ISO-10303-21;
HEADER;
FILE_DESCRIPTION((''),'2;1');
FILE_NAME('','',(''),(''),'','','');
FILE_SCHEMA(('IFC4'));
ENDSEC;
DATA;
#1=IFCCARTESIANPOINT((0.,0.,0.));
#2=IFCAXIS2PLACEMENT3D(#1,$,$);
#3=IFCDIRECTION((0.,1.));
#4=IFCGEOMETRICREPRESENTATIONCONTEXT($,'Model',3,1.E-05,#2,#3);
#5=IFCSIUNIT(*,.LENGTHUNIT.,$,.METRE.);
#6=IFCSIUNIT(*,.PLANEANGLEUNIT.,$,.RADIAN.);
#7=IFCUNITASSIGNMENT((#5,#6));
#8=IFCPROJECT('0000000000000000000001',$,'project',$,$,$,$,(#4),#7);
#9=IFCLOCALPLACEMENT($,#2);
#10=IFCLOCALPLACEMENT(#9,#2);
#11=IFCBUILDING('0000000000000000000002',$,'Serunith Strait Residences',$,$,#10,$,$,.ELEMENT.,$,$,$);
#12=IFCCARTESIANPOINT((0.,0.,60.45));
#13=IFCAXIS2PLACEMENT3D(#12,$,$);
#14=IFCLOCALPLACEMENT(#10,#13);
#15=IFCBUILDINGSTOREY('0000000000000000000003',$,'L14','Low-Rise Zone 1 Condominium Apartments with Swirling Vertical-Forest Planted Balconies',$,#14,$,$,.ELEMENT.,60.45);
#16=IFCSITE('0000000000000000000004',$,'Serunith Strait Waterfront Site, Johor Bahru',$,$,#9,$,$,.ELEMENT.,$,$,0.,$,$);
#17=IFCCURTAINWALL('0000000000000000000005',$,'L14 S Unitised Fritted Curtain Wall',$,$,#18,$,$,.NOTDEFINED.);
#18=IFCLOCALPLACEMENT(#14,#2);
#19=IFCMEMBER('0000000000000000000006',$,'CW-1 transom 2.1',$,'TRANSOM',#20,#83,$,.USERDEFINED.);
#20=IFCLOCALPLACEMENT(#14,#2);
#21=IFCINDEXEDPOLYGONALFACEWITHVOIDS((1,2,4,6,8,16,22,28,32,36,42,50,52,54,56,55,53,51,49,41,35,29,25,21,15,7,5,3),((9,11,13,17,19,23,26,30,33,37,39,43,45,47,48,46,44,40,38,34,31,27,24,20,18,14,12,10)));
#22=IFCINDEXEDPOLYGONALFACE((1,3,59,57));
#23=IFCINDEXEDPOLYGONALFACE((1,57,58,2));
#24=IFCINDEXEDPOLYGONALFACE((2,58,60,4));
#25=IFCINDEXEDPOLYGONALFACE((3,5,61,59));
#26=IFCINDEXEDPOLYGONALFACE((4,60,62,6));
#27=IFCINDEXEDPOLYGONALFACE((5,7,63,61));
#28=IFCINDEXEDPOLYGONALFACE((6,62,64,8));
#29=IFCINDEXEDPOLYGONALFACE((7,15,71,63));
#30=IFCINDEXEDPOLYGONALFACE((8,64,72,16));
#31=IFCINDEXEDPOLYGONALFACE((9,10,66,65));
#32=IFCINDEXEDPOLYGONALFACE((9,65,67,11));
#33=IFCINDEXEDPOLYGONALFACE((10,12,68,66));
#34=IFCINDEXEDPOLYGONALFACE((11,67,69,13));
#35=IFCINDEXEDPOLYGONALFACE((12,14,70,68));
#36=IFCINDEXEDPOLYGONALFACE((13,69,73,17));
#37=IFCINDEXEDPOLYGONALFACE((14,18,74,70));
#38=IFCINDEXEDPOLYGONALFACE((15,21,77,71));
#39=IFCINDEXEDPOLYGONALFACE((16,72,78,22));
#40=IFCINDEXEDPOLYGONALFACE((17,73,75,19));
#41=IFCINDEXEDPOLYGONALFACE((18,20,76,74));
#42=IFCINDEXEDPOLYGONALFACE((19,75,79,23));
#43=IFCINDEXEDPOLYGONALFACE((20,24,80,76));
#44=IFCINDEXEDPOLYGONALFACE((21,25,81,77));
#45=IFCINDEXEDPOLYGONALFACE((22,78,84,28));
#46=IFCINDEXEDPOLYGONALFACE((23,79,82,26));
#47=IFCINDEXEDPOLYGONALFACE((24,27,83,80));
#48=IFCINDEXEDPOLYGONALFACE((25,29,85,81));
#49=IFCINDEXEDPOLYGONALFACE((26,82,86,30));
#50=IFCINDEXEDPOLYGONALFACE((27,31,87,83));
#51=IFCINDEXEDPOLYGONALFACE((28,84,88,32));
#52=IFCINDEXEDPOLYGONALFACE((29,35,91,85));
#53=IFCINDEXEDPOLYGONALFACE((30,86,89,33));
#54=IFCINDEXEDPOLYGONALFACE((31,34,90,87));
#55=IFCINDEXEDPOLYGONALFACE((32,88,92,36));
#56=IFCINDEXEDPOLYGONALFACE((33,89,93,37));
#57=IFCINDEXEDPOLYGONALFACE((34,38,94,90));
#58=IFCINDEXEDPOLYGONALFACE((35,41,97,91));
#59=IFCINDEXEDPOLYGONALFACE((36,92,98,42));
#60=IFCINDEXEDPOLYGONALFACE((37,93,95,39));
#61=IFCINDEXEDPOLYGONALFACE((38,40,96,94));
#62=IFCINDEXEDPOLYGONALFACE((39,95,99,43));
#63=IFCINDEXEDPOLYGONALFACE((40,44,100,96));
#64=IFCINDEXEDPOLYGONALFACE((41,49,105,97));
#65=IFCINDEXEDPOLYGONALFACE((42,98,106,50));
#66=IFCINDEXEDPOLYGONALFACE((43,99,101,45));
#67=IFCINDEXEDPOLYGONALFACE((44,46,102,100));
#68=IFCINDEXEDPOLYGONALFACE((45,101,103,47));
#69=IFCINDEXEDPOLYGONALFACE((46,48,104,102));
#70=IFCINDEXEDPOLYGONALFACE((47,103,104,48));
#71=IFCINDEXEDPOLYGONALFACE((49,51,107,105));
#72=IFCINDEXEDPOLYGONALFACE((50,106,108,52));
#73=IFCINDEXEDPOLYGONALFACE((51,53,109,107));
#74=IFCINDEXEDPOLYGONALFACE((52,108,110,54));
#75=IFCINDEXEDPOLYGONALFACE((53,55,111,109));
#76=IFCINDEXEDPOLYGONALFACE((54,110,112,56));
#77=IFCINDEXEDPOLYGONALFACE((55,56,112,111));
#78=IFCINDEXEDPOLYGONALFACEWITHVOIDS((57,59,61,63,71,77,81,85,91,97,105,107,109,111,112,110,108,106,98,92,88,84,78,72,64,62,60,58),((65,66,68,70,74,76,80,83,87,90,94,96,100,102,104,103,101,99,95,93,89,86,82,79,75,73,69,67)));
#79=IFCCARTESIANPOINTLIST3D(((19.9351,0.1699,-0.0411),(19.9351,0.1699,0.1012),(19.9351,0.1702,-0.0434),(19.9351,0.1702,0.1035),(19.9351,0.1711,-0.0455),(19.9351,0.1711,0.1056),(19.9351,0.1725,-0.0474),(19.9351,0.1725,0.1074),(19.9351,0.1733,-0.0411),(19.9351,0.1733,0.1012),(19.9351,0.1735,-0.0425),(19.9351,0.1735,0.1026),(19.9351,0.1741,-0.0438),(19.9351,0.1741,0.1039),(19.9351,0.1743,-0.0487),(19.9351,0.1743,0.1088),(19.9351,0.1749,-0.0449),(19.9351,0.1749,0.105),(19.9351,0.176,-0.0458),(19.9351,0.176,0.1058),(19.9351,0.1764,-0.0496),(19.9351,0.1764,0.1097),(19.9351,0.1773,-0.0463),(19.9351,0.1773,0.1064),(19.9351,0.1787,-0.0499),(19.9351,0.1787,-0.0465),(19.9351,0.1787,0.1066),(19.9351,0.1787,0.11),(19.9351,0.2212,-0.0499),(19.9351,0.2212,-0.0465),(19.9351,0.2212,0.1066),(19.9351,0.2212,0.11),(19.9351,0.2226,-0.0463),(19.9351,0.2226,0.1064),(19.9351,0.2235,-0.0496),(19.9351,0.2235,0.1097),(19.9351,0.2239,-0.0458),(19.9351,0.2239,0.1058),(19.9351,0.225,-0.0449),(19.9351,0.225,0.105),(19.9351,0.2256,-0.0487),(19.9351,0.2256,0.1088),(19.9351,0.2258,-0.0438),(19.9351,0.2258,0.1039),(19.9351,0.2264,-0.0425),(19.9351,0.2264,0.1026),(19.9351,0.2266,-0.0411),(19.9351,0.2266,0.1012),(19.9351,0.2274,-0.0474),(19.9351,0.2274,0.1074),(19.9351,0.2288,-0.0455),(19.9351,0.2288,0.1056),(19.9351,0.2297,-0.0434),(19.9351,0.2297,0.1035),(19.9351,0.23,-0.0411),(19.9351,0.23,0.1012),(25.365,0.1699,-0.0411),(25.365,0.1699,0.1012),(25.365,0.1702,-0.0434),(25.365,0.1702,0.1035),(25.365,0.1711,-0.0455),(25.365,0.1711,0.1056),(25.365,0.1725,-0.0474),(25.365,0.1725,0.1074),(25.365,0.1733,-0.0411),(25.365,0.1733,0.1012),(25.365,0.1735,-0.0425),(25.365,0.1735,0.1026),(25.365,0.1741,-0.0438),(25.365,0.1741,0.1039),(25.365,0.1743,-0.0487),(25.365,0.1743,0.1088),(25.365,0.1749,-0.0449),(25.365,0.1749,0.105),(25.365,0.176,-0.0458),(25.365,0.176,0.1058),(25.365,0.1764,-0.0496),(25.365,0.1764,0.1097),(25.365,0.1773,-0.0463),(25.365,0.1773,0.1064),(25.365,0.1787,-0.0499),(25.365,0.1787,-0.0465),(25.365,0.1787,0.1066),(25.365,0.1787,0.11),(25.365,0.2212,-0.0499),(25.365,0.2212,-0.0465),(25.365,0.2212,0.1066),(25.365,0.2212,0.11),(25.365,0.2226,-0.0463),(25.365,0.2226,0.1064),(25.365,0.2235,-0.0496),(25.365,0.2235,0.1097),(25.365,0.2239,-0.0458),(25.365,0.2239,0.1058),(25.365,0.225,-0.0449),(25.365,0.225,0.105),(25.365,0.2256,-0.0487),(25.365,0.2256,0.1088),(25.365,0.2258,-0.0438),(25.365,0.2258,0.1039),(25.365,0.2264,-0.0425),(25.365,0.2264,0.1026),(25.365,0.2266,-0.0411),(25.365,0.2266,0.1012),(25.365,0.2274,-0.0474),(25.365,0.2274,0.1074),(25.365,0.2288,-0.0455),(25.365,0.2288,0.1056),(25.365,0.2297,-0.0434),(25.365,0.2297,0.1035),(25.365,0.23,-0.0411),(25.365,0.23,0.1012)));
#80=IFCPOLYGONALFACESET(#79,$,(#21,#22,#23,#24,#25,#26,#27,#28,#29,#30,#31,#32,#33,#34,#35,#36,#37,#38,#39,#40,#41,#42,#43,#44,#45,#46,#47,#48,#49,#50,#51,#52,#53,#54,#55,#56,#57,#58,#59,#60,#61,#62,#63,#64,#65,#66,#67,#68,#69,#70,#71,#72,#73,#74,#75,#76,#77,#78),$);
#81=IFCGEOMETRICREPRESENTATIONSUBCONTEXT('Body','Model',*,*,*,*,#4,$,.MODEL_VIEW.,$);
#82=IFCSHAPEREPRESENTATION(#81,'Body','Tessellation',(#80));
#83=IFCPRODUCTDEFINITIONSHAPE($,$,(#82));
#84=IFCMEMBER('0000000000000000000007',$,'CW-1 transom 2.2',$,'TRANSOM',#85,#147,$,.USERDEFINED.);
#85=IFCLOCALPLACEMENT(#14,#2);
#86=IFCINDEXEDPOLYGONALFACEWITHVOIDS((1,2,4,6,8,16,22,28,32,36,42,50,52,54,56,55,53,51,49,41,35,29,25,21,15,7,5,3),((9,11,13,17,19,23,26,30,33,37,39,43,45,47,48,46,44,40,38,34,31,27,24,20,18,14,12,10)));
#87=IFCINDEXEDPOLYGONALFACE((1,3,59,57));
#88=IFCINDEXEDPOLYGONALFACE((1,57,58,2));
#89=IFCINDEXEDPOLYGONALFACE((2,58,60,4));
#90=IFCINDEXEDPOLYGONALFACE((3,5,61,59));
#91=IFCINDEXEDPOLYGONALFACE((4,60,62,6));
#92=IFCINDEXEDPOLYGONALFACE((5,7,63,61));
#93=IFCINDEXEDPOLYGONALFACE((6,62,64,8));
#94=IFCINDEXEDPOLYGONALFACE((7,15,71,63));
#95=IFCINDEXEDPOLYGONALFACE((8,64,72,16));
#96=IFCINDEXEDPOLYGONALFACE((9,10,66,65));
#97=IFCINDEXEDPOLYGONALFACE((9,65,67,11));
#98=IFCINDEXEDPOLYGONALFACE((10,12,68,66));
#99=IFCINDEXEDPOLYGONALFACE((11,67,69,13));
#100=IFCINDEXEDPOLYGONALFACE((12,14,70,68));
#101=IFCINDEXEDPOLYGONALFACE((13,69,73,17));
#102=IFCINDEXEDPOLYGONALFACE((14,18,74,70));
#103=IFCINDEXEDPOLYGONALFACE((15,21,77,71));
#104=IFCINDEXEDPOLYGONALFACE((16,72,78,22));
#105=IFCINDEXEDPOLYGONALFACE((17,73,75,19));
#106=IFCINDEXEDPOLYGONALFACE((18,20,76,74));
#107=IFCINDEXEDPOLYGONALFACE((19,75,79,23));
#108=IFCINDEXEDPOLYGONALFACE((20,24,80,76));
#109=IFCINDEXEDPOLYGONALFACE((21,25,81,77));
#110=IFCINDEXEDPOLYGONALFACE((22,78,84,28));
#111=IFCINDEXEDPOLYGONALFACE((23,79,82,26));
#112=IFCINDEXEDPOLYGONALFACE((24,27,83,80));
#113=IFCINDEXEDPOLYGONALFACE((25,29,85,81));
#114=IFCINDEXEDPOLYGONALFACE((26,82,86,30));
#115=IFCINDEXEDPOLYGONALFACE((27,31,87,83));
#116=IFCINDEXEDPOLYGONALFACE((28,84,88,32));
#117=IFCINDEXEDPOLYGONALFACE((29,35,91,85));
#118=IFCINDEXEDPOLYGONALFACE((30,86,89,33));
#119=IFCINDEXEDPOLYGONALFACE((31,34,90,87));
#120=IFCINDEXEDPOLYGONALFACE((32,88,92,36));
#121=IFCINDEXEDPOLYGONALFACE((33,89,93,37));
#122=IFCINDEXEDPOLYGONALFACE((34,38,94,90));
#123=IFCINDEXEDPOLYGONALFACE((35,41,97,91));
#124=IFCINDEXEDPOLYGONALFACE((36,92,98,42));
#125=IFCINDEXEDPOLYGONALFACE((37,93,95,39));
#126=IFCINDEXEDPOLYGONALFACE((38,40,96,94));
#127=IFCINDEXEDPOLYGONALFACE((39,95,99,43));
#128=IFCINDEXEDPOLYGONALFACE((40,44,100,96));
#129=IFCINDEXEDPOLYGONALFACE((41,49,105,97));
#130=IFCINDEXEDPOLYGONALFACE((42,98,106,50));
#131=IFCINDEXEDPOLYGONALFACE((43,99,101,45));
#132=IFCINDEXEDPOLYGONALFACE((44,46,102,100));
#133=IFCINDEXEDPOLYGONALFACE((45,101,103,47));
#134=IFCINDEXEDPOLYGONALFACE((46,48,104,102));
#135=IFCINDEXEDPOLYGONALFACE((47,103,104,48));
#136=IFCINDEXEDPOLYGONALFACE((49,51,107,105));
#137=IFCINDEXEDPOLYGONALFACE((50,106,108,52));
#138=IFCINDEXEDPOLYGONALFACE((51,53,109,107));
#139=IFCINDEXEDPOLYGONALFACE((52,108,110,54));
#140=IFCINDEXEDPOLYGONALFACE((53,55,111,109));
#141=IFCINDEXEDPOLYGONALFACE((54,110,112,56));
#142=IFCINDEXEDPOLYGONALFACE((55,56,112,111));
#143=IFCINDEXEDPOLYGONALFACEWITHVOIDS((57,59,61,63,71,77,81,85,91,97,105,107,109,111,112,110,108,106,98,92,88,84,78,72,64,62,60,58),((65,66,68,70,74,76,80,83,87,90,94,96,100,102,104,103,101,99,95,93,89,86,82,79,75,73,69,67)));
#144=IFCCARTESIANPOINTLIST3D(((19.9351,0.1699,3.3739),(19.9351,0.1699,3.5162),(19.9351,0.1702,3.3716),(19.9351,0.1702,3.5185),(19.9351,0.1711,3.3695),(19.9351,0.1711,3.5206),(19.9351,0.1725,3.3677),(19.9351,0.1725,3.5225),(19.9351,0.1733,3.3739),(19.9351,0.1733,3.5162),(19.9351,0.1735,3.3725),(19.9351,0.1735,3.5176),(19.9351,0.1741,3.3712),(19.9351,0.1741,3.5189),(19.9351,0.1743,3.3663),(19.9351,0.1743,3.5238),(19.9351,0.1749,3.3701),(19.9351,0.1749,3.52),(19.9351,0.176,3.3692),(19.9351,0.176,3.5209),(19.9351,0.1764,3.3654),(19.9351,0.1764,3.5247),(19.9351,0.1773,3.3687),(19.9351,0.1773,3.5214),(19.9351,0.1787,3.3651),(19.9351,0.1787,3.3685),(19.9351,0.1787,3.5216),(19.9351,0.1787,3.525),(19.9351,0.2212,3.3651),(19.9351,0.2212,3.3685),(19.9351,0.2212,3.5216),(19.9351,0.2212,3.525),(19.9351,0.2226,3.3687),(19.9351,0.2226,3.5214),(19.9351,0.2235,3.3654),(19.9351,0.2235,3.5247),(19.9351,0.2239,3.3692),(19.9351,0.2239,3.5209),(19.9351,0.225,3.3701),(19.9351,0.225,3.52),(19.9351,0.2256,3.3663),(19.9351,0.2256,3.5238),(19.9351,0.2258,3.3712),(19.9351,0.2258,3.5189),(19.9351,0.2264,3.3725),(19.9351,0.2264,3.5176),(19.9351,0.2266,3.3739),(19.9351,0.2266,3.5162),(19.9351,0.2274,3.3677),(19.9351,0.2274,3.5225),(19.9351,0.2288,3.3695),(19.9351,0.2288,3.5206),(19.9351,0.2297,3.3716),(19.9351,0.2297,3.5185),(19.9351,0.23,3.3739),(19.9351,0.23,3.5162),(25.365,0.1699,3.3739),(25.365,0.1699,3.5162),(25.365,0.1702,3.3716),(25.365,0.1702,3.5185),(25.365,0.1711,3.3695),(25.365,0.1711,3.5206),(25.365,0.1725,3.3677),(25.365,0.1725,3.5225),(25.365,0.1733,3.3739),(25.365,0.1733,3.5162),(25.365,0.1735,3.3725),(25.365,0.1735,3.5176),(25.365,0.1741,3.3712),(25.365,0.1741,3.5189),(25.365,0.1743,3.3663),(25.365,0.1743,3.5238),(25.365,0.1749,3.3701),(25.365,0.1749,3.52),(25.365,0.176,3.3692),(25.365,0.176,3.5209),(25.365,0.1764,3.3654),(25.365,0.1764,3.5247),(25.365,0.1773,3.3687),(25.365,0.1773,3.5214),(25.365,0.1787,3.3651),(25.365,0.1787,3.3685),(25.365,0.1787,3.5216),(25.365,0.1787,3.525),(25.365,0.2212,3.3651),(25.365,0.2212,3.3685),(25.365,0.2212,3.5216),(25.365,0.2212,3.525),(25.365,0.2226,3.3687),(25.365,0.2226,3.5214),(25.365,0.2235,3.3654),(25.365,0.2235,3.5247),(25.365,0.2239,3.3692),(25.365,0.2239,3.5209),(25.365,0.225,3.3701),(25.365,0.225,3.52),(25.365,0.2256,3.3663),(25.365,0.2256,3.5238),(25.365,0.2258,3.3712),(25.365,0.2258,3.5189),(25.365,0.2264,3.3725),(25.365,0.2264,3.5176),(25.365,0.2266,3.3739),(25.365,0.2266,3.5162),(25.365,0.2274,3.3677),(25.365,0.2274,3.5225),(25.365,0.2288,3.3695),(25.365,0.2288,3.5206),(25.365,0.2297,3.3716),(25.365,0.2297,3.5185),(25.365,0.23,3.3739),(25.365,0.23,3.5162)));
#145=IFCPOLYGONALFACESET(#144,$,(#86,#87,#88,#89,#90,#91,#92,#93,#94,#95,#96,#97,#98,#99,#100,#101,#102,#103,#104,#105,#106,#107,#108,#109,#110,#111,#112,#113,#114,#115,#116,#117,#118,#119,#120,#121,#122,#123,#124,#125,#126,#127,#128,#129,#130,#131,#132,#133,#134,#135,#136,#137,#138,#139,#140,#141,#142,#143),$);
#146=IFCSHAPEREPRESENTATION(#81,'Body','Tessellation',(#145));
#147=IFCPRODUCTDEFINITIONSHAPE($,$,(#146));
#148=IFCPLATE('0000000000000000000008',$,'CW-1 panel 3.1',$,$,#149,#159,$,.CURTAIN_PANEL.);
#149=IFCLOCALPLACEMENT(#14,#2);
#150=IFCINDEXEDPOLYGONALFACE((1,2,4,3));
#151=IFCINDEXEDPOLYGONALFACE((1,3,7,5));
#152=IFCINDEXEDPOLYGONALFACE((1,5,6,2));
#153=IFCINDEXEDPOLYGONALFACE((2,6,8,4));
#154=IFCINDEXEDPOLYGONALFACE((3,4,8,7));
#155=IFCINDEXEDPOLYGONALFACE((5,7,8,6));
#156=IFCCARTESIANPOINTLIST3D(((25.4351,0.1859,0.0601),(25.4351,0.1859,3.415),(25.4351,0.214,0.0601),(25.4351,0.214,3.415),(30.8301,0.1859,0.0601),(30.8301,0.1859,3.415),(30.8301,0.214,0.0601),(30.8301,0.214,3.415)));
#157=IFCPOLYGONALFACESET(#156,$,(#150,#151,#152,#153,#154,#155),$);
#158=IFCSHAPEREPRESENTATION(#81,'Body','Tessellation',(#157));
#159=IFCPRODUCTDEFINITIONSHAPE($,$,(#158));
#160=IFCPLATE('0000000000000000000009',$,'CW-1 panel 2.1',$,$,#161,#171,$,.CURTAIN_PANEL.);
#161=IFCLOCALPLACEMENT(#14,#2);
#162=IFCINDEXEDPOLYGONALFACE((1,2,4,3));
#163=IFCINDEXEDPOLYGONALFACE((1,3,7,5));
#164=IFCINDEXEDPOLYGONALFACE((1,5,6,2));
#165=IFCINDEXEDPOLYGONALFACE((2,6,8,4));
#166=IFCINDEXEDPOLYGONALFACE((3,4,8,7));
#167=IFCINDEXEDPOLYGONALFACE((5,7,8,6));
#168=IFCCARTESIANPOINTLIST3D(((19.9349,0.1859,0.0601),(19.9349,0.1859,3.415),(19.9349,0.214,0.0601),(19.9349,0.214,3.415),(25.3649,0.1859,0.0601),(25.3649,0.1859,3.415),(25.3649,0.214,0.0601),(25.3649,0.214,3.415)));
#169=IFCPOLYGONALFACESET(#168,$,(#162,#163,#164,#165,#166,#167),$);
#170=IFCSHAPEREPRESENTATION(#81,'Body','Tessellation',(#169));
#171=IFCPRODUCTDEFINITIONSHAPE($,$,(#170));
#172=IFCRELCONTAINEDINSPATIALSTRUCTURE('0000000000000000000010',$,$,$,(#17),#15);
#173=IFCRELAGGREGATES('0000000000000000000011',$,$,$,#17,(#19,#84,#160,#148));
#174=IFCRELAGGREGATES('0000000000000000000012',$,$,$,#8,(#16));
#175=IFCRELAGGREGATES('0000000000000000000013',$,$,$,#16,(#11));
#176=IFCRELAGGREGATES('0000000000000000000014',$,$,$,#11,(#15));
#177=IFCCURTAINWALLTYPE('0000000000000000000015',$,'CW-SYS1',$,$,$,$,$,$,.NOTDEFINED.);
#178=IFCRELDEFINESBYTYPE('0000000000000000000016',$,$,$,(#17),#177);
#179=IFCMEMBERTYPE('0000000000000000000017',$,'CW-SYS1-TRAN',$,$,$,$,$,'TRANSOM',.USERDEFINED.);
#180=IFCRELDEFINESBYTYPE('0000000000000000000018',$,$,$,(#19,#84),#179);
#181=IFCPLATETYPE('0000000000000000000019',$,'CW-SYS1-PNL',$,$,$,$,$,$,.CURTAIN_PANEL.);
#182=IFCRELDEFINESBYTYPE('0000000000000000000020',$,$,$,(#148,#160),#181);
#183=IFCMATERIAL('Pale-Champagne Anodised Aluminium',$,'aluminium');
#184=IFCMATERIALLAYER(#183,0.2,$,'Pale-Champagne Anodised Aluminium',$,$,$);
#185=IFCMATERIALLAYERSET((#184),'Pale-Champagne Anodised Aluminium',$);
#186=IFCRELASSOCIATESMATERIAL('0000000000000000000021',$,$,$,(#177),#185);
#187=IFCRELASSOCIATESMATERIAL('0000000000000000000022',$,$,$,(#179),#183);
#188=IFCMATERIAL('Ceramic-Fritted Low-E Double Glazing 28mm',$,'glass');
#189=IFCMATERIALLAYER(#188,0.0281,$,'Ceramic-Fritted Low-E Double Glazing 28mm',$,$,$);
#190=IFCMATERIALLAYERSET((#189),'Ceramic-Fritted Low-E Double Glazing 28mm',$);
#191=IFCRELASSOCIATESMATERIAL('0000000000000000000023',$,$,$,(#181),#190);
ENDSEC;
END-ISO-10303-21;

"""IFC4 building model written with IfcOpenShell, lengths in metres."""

from ifc_helpers import new_model, si_unit, direction, frame, origin, origin_2d, place, context, subcontext, project, spatial, rectangle, hollow_rectangle, extrude, source, transform, mapped, material, layer, layer_set, material_profile, profile_set, type_object, element, aggregate, save


model = new_model("IFC4")

# Units and contexts
model_context = context("Model", 3, precision=1e-05, world=origin(), true_north=direction((0.0, 1.0)))
body_context = subcontext(model_context, "Body", "Model", "MODEL_VIEW")
ifc_project = project(units=[si_unit("LENGTHUNIT", "METRE"), si_unit("PLANEANGLEUNIT", "RADIAN")], contexts=[model_context])

# Site, building, storey
site_placement = place(None, origin())
site = spatial("IfcSite", under=ifc_project, at=site_placement, Name="Serunith Strait Waterfront Site, Johor Bahru", CompositionType="ELEMENT", RefElevation=0.0)
building_placement = place(site_placement, origin())
building = spatial("IfcBuilding", under=site, at=building_placement, Name="Serunith Strait Residences", CompositionType="ELEMENT")
storey_placement = place(building_placement, frame((0.0, 0.0, 60.45)))
storey = spatial("IfcBuildingStorey", under=building, at=storey_placement, Name="L14", Description="Low-Rise Zone 1 Condominium Apartments with Swirling Vertical-Forest Planted Balconies", CompositionType="ELEMENT", Elevation=60.45)

# Curtain wall, members, plates
ifc_material_1 = material(Name="Pale-Champagne Anodised Aluminium", Category="aluminium")
ifc_layer_1 = layer(ifc_material_1, 0.2, Name="Pale-Champagne Anodised Aluminium")
ifc_layer_set_1 = layer_set([ifc_layer_1], Name="Pale-Champagne Anodised Aluminium")
curtain_wall_type = type_object("IfcCurtainWallType", Name="CW-SYS1", PredefinedType="NOTDEFINED", material=ifc_layer_set_1)
curtain_wall_placement = place(storey_placement, origin())
curtain_wall = element("IfcCurtainWall", 1, at=curtain_wall_placement, inside=storey, type_object=curtain_wall_type, Name="L14 S Unitised Fritted Curtain Wall", PredefinedType="NOTDEFINED")
ifc_material_profile_1 = material_profile(ifc_material_1, hollow_rectangle(XDim=0.0601, YDim=0.1599, WallThickness=0.0034, InnerFilletRadius=0.0054, OuterFilletRadius=0.0088, at=origin_2d()), Name="ALU 160x60x3.5")
ifc_profile_set_1 = profile_set([ifc_material_profile_1], Name="Pale-Champagne Anodised Aluminium")
member_type_1 = type_object("IfcMemberType", Name="CW-SYS1-TRAN", ElementType="TRANSOM", PredefinedType="USERDEFINED", material=ifc_profile_set_1)
shared_shape_1 = source(origin(), body_context, "Body", "SweptSolid", [
    extrude(hollow_rectangle(XDim=0.0601, YDim=0.1599, WallThickness=0.0034, InnerFilletRadius=0.0054, OuterFilletRadius=0.0088, at=origin_2d()), origin(), (0.0, 0.0, 1.0), 5.4299),
])
member_1_placement = place(storey_placement, frame((19.9351, 0.2, 0.03), z_axis=(1.0, 0.0, 0.0), x_axis=(0.0, 1.0, 0.0)))
member_1 = element("IfcMember", 2, at=member_1_placement, type_object=member_type_1, Name="CW-1 transom 2.1", ObjectType="TRANSOM", PredefinedType="USERDEFINED", context=body_context, shape_type="MappedRepresentation", body=[
    mapped(shared_shape_1, transform((0.0, 0.0, 0.0), scale=1.0)),
])
member_2_placement = place(storey_placement, frame((19.9351, 0.2, 3.4451), z_axis=(1.0, 0.0, 0.0), x_axis=(0.0, 1.0, 0.0)))
member_2 = element("IfcMember", 3, at=member_2_placement, type_object=member_type_1, Name="CW-1 transom 2.2", ObjectType="TRANSOM", PredefinedType="USERDEFINED", context=body_context, shape_type="MappedRepresentation", body=[
    mapped(shared_shape_1, transform((0.0, 0.0, 0.0), scale=1.0)),
])
ifc_material_2 = material(Name="Ceramic-Fritted Low-E Double Glazing 28mm", Category="glass")
ifc_layer_2 = layer(ifc_material_2, 0.0281, Name="Ceramic-Fritted Low-E Double Glazing 28mm")
ifc_layer_set_2 = layer_set([ifc_layer_2], Name="Ceramic-Fritted Low-E Double Glazing 28mm")
plate_type = type_object("IfcPlateType", Name="CW-SYS1-PNL", PredefinedType="CURTAIN_PANEL", material=ifc_layer_set_2)
shared_shape_2 = source(origin(), body_context, "Body", "SweptSolid", [
    extrude(rectangle(XDim=5.395, YDim=0.0281, at=origin_2d()), origin(), (0.0, 0.0, 1.0), 3.355),
])
plate_1_placement = place(storey_placement, frame((28.1326, 0.2, 0.0601), z_axis=(0.0, 0.0, 1.0), x_axis=(1.0, 0.0, 0.0)))
plate_1 = element("IfcPlate", 4, at=plate_1_placement, type_object=plate_type, Name="CW-1 panel 3.1", PredefinedType="CURTAIN_PANEL", context=body_context, shape_type="MappedRepresentation", body=[
    mapped(shared_shape_2, transform((0.0, 0.0, 0.0), scale=1.0)),
])
shared_shape_3 = source(origin(), body_context, "Body", "SweptSolid", [
    extrude(rectangle(XDim=5.4299, YDim=0.0281, at=origin_2d()), origin(), (0.0, 0.0, 1.0), 3.355),
])
plate_2_placement = place(storey_placement, frame((22.6499, 0.2, 0.0601), z_axis=(0.0, 0.0, 1.0), x_axis=(1.0, 0.0, 0.0)))
plate_2 = element("IfcPlate", 5, at=plate_2_placement, type_object=plate_type, Name="CW-1 panel 2.1", PredefinedType="CURTAIN_PANEL", context=body_context, shape_type="MappedRepresentation", body=[
    mapped(shared_shape_3, transform((0.0, 0.0, 0.0), scale=1.0)),
])
aggregate(curtain_wall, [member_1, member_2, plate_2, plate_1])

save(model, "model.ifc")
